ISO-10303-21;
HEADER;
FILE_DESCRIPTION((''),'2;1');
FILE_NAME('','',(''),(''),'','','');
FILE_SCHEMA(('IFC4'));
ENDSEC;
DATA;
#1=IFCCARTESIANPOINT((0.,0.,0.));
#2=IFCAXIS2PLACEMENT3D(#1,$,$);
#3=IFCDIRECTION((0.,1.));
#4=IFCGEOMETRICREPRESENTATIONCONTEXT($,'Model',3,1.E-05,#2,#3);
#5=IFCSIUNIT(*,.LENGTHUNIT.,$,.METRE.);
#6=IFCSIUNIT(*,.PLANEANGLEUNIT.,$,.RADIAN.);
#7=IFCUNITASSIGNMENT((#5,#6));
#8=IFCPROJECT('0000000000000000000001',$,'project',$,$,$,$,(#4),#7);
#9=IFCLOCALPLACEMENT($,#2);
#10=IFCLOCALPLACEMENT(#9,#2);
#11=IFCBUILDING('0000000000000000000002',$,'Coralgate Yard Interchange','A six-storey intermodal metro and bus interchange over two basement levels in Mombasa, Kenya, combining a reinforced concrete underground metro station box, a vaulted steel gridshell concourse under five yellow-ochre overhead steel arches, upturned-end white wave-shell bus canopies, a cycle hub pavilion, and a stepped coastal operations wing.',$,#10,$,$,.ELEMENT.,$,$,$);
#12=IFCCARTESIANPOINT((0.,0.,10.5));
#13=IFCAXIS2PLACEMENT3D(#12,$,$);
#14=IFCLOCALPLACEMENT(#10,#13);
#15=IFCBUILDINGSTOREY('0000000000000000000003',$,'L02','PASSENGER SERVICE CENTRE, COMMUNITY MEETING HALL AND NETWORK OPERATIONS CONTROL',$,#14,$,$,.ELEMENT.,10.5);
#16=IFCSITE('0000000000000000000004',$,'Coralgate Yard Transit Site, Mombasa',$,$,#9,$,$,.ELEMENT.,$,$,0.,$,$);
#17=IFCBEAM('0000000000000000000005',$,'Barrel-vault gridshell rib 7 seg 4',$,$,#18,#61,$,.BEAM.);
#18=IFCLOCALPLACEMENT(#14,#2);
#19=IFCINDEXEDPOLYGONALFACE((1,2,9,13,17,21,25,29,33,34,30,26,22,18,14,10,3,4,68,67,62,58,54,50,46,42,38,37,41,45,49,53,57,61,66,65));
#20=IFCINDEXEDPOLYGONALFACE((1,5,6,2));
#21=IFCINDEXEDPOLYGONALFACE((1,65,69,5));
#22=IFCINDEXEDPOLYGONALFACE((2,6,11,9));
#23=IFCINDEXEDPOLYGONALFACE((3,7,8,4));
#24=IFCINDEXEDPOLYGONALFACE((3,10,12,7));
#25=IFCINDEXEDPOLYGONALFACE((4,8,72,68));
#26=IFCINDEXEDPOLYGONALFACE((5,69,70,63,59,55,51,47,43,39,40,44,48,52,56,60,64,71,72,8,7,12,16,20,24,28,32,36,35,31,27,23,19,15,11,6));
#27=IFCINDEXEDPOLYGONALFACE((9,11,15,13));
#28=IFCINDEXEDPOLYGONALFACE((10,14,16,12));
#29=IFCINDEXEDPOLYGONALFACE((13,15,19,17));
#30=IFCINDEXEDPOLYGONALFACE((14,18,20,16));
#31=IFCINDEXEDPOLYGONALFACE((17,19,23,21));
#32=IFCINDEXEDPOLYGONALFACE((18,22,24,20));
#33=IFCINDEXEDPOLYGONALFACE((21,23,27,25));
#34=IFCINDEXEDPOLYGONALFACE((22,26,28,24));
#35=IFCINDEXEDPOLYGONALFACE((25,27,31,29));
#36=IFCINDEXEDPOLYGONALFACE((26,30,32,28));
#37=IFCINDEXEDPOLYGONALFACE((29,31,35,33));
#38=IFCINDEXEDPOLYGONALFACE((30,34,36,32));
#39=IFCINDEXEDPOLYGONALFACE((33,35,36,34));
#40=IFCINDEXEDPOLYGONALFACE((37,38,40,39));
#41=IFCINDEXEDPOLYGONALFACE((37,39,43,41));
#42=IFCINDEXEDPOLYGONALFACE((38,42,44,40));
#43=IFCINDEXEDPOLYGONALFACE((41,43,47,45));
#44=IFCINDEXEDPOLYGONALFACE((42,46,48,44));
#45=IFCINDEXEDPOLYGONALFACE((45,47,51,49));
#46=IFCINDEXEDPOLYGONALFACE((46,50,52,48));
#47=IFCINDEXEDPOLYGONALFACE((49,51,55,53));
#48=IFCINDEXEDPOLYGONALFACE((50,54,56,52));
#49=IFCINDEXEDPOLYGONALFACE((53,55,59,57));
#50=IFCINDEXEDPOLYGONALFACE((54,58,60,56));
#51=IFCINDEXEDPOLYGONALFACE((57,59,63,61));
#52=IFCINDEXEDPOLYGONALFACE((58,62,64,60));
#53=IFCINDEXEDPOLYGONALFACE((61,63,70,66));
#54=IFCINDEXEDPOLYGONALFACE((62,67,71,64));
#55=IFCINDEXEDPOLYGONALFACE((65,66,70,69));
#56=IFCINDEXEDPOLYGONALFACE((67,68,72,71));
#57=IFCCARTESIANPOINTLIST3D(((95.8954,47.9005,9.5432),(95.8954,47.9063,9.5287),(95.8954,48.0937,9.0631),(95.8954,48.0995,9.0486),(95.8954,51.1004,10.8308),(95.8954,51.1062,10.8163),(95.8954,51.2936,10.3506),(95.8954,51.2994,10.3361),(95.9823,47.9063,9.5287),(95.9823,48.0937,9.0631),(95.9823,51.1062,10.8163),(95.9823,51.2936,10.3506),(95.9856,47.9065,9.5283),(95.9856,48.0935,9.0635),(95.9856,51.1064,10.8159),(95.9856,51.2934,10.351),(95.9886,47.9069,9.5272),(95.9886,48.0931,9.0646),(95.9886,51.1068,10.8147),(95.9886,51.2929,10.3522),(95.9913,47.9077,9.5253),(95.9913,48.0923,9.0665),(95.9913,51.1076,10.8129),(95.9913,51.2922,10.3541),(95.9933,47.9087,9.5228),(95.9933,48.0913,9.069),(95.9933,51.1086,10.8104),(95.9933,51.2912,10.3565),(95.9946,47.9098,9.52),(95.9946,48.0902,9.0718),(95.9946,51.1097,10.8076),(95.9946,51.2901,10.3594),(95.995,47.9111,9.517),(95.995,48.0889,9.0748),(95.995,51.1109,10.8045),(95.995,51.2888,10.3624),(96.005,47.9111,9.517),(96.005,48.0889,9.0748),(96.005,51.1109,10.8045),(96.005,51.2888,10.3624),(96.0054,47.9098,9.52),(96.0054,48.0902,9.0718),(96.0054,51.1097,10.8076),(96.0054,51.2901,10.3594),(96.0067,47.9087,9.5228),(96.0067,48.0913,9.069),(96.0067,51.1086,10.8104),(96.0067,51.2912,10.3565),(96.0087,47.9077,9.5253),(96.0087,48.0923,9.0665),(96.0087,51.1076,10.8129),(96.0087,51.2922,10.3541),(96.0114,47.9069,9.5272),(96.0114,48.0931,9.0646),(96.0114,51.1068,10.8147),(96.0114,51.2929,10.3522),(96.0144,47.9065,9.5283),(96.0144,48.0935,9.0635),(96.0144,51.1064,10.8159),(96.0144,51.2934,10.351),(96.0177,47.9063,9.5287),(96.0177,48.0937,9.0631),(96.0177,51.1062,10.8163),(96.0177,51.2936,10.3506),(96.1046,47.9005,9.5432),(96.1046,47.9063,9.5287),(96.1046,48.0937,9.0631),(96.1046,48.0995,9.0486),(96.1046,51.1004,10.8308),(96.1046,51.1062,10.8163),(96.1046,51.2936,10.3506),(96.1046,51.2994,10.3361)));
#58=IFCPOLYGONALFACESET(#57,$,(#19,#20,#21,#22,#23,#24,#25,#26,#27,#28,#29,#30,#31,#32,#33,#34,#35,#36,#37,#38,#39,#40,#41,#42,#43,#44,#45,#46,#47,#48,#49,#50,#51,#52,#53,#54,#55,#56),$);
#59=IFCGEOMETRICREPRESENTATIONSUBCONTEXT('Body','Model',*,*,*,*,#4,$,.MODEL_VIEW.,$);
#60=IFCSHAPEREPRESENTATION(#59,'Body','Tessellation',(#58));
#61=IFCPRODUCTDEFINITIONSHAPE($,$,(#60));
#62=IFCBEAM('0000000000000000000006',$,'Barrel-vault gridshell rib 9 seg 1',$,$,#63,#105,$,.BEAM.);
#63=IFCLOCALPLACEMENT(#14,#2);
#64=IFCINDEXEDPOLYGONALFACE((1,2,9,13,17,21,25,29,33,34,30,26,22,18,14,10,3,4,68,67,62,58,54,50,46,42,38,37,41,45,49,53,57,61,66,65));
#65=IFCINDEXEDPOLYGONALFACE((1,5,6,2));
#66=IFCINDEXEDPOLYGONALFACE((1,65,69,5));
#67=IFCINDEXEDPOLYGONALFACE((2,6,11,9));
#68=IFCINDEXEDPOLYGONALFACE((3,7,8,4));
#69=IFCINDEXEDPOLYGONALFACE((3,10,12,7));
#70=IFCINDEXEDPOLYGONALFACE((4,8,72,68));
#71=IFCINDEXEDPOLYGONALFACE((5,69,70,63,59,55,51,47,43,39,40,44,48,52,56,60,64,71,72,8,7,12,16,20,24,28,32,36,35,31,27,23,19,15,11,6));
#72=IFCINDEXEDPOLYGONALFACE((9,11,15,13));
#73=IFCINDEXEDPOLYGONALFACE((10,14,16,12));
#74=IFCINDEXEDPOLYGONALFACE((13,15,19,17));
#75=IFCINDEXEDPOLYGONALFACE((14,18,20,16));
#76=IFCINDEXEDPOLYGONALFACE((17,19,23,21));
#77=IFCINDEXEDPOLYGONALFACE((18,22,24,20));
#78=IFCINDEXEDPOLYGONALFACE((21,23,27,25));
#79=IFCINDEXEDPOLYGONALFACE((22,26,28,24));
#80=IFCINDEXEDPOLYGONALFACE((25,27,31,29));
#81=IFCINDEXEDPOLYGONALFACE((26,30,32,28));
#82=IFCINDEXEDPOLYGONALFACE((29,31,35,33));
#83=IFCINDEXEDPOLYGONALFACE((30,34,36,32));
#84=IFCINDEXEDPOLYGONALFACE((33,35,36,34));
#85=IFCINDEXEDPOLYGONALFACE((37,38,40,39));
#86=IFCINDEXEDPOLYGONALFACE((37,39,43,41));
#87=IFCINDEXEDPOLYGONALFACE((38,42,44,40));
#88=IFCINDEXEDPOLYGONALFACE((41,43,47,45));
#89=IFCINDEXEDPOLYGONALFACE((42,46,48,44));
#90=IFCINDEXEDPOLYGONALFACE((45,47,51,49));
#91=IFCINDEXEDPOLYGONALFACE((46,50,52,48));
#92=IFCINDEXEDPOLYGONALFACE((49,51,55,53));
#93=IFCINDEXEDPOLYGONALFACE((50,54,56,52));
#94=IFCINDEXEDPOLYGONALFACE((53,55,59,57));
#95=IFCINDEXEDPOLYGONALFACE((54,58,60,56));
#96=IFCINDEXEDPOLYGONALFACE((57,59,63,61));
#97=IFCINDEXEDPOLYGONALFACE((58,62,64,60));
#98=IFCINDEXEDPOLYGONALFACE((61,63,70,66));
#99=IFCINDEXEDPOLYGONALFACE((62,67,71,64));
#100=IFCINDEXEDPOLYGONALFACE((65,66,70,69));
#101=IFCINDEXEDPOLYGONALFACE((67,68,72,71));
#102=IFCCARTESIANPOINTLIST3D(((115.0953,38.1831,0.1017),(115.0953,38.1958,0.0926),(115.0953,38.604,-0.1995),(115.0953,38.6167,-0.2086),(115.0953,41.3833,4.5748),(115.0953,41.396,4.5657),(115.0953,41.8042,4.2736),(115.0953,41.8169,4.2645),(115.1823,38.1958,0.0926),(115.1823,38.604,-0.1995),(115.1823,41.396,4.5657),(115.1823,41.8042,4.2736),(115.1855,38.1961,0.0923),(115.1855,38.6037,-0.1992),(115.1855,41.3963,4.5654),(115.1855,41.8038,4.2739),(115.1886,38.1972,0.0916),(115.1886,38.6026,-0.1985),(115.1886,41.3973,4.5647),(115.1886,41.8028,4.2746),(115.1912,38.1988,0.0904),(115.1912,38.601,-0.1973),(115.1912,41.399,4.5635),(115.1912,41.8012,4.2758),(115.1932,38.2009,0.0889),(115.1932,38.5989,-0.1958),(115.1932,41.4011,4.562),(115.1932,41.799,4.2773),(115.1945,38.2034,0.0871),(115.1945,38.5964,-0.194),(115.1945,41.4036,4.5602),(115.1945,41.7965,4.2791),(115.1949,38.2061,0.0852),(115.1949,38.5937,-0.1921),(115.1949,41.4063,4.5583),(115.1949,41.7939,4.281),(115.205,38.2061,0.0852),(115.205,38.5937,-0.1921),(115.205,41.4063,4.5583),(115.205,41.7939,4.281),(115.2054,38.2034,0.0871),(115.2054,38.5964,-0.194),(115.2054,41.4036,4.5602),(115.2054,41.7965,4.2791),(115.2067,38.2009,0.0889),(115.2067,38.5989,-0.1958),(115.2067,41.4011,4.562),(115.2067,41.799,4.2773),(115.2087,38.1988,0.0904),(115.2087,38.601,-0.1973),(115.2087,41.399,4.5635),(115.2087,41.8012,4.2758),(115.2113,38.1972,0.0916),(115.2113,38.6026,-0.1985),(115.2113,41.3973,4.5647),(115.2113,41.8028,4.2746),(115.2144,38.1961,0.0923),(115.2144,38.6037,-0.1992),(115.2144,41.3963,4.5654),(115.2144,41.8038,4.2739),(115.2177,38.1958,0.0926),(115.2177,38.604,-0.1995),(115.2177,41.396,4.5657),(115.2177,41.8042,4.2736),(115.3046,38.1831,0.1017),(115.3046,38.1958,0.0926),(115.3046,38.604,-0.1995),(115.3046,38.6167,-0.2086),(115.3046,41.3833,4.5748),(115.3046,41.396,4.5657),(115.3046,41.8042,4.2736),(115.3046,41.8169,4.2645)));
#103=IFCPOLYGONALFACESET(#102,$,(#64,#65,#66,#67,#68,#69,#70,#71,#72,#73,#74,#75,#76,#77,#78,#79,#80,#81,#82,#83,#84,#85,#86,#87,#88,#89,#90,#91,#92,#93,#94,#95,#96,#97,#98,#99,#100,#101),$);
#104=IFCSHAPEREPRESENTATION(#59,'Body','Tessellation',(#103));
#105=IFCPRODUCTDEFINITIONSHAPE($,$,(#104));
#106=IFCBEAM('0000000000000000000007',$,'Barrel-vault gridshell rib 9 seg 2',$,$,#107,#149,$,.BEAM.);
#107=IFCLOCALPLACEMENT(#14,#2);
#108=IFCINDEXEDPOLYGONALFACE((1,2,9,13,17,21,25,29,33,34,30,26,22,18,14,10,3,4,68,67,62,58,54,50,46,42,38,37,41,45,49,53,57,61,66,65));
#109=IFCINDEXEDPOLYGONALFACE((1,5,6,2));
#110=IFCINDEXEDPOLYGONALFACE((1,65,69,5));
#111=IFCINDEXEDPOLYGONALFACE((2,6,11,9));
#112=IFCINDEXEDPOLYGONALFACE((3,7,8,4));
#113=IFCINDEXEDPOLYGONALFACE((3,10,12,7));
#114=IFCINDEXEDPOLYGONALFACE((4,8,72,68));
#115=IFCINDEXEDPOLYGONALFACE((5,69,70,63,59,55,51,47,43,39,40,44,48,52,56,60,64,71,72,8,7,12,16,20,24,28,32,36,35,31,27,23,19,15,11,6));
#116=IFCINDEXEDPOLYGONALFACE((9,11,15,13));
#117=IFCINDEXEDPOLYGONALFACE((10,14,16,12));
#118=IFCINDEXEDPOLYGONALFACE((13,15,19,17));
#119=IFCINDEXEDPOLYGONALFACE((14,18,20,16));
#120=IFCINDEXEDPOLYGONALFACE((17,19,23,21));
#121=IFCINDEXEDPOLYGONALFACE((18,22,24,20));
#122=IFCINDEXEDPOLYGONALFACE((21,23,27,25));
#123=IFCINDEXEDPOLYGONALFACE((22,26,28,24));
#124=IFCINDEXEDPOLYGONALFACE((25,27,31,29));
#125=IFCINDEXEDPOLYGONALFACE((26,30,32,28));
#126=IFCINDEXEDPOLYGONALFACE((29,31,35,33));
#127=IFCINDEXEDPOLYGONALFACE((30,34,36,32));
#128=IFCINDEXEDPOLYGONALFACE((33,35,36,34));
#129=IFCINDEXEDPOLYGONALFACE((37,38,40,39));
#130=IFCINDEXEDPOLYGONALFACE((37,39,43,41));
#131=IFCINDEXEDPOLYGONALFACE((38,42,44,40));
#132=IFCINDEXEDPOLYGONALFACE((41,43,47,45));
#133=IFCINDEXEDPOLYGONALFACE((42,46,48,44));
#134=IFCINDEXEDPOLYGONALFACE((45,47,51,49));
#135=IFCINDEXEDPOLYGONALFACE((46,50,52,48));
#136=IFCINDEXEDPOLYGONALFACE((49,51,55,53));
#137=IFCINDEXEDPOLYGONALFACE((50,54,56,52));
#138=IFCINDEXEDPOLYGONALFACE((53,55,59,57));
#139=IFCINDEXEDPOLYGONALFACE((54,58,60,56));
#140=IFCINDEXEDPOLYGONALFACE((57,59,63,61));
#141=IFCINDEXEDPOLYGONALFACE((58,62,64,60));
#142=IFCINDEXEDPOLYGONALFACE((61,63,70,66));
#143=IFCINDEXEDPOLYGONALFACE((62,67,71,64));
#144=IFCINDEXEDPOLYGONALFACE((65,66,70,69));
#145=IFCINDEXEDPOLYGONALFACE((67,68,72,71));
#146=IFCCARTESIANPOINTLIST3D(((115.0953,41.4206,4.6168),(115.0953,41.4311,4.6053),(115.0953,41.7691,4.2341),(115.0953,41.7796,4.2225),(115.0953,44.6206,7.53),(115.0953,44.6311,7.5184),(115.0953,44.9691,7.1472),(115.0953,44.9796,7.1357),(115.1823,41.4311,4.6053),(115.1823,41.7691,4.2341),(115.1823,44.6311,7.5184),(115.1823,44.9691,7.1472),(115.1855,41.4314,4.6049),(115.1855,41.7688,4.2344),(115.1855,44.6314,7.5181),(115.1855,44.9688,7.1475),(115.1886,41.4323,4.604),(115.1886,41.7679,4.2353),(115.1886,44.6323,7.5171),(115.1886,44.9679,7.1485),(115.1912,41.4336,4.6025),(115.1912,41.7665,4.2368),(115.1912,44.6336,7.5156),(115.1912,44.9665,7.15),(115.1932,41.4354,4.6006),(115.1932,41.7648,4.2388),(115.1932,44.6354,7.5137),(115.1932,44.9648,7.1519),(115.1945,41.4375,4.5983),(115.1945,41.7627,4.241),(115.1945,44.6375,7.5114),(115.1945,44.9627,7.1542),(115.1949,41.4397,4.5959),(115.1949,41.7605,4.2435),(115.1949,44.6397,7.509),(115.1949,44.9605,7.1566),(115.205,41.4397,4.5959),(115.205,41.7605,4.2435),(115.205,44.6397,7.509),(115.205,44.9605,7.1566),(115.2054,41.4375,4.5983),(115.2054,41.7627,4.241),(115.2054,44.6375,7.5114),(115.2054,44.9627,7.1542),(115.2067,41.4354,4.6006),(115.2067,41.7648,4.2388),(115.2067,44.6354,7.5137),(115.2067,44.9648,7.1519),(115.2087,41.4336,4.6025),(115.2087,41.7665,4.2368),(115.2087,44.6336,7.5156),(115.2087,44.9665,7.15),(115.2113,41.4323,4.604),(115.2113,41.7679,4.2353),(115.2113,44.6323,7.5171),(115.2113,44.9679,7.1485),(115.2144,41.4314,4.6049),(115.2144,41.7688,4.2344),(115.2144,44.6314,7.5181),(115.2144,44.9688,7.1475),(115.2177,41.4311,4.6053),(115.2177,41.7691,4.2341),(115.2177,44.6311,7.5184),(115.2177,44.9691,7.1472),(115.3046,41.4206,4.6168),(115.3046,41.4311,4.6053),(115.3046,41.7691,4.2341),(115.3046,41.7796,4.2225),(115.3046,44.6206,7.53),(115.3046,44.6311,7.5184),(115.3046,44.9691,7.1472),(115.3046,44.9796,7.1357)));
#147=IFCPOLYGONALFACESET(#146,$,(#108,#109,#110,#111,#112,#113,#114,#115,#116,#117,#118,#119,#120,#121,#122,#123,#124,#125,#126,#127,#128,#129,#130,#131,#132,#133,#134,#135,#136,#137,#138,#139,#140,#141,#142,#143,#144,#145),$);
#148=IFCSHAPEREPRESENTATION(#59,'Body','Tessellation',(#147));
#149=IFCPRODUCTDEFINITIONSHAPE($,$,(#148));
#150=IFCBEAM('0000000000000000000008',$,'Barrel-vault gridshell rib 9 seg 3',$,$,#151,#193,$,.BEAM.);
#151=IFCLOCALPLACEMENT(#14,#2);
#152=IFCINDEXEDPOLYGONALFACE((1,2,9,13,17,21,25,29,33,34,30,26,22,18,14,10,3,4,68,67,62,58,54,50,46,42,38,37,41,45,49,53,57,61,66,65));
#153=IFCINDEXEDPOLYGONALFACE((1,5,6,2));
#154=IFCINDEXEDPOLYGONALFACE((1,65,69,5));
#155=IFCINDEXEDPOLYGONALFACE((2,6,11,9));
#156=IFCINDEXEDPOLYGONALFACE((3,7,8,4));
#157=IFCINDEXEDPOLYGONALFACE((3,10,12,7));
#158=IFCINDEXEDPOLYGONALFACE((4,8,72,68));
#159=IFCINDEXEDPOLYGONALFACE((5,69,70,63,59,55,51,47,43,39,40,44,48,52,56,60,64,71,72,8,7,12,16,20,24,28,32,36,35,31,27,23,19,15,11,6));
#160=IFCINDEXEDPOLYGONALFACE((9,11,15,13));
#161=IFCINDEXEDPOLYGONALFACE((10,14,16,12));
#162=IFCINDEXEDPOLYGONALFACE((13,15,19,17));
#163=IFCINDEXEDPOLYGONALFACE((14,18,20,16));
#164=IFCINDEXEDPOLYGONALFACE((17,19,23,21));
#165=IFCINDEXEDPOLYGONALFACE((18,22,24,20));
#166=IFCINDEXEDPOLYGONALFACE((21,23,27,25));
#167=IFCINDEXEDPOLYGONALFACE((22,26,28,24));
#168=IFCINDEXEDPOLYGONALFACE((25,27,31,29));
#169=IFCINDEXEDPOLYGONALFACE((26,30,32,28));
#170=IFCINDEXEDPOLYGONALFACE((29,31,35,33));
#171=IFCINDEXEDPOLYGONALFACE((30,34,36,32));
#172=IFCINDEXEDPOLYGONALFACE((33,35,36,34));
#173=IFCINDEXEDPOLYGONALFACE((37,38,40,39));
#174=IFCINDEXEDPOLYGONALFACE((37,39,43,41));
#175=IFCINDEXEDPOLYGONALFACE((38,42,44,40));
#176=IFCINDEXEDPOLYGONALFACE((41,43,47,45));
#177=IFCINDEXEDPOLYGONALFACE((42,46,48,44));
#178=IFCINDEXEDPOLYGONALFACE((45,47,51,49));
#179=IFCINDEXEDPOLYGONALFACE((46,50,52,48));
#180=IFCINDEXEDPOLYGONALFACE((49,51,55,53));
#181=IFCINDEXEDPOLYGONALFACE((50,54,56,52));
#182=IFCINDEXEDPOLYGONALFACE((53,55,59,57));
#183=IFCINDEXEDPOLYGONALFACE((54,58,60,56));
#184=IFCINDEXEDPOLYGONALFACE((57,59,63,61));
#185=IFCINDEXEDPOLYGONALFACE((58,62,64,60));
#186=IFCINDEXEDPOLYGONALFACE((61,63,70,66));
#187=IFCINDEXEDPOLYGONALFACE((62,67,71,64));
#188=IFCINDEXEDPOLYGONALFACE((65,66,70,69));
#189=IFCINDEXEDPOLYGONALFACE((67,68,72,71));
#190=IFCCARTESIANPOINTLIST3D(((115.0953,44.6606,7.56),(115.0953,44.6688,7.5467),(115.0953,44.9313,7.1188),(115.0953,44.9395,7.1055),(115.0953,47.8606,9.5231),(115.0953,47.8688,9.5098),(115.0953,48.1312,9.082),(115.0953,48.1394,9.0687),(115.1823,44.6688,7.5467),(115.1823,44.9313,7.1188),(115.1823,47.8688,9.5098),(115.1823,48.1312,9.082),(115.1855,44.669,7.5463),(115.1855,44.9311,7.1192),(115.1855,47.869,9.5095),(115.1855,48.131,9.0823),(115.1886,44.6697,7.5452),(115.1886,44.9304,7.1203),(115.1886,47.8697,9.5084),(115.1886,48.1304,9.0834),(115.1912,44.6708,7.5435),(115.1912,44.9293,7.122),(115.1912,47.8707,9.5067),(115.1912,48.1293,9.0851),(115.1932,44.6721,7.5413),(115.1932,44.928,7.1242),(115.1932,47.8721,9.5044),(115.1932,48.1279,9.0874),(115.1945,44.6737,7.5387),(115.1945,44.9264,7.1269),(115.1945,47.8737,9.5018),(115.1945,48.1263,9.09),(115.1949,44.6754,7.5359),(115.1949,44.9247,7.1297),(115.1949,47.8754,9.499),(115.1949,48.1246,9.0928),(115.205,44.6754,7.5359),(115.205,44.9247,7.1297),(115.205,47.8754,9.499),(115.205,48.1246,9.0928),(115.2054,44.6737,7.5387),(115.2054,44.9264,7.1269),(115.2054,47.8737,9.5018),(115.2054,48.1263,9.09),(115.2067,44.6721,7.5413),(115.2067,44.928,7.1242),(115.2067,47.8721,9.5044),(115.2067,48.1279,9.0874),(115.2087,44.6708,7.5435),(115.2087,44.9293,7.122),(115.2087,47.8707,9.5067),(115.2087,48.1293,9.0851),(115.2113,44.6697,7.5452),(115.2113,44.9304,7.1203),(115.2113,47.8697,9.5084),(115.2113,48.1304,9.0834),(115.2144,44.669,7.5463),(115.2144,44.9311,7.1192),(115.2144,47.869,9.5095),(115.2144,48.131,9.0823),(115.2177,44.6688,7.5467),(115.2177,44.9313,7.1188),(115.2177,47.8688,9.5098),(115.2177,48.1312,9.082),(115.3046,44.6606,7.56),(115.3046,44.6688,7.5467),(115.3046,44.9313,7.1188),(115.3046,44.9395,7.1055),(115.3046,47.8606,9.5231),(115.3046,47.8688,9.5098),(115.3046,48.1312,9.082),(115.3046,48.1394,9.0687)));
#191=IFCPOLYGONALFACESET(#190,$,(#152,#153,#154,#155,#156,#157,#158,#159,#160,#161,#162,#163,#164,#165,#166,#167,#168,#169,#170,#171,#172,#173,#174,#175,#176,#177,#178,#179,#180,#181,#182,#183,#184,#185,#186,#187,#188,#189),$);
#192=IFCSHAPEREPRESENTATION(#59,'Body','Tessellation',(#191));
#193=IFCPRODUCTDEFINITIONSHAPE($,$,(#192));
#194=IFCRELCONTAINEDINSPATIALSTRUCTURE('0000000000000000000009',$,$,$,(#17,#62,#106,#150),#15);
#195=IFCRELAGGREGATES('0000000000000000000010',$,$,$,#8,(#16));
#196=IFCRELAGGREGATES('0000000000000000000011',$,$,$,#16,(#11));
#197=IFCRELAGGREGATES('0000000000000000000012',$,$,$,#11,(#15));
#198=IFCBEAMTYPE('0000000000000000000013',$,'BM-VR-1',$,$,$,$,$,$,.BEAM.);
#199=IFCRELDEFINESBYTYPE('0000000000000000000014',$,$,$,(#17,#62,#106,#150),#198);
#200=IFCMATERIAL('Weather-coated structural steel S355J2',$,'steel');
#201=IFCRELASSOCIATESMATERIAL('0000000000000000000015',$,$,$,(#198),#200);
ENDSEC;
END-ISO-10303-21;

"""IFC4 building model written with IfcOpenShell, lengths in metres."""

from ifc_helpers import new_model, si_unit, direction, frame, origin, origin_2d, place, context, subcontext, project, spatial, i_section, extrude, material, material_profile, profile_set, type_object, element, save


model = new_model("IFC4")

# Units and contexts
model_context = context("Model", 3, precision=1e-05, world=origin(), true_north=direction((0.0, 1.0)))
body_context = subcontext(model_context, "Body", "Model", "MODEL_VIEW")
ifc_project = project(units=[si_unit("LENGTHUNIT", "METRE"), si_unit("PLANEANGLEUNIT", "RADIAN")], contexts=[model_context])

# Site, building, storey
site_placement = place(None, origin())
site = spatial("IfcSite", under=ifc_project, at=site_placement, Name="Coralgate Yard Transit Site, Mombasa", CompositionType="ELEMENT", RefElevation=0.0)
building_placement = place(site_placement, origin())
building = spatial("IfcBuilding", under=site, at=building_placement, Name="Coralgate Yard Interchange", Description="A six-storey intermodal metro and bus interchange over two basement levels in Mombasa, Kenya, combining a reinforced concrete underground metro station box, a vaulted steel gridshell concourse under five yellow-ochre overhead steel arches, upturned-end white wave-shell bus canopies, a cycle hub pavilion, and a stepped coastal operations wing.", CompositionType="ELEMENT")
storey_placement = place(building_placement, frame((0.0, 0.0, 10.5)))
storey = spatial("IfcBuildingStorey", under=building, at=storey_placement, Name="L02", Description="PASSENGER SERVICE CENTRE, COMMUNITY MEETING HALL AND NETWORK OPERATIONS CONTROL", CompositionType="ELEMENT", Elevation=10.5)

# Beams
ifc_material_1 = material(Name="Weather-coated structural steel S355J2", Category="steel")
ifc_material_profile_1 = material_profile(ifc_material_1, i_section(OverallWidth=0.2092, OverallDepth=0.5332, WebThickness=0.01, FlangeThickness=0.0156, FilletRadius=0.0127, at=origin_2d()), Name="UB 533x210x92")
ifc_profile_set_1 = profile_set([ifc_material_profile_1], Name="Weather-coated structural steel S355J2")
beam_type_1 = type_object("IfcBeamType", Name="BM-VR-1", PredefinedType="BEAM", material=ifc_profile_set_1)
beam_1_placement = place(storey_placement, frame((96.0, 48.0, 9.2959), z_axis=(0.0, 0.927713, 0.373294), x_axis=(-1.0, 0.0, 0.0)))
element("IfcBeam", 1, at=beam_1_placement, inside=storey, type_object=beam_type_1, Name="Barrel-vault gridshell rib 7 seg 4", PredefinedType="BEAM", context=body_context, shape_type="SweptSolid", body=[
    extrude(i_section(OverallWidth=0.2092, OverallDepth=0.5332, WebThickness=0.01, FlangeThickness=0.0156, FilletRadius=0.0127, at=origin_2d()), origin(), (0.0, 0.0, 1.0), 3.4492),
])
beam_2_placement = place(storey_placement, frame((115.2, 38.3999, -0.0535), z_axis=(0.0, 0.581851, 0.813295), x_axis=(-1.0, 0.0, 0.0)))
element("IfcBeam", 2, at=beam_2_placement, inside=storey, type_object=beam_type_1, Name="Barrel-vault gridshell rib 9 seg 1", PredefinedType="BEAM", context=body_context, shape_type="SweptSolid", body=[
    extrude(i_section(OverallWidth=0.2092, OverallDepth=0.5332, WebThickness=0.01, FlangeThickness=0.0156, FilletRadius=0.0127, at=origin_2d()), origin(), (0.0, 0.0, 1.0), 5.5),
])
beam_3_placement = place(storey_placement, frame((115.2, 41.6001, 4.4197), z_axis=(0.0, 0.739475, 0.673184), x_axis=(-1.0, 0.0, 0.0)))
element("IfcBeam", 3, at=beam_3_placement, inside=storey, type_object=beam_type_1, Name="Barrel-vault gridshell rib 9 seg 2", PredefinedType="BEAM", context=body_context, shape_type="SweptSolid", body=[
    extrude(i_section(OverallWidth=0.2092, OverallDepth=0.5332, WebThickness=0.01, FlangeThickness=0.0156, FilletRadius=0.0127, at=origin_2d()), origin(), (0.0, 0.0, 1.0), 4.3274),
])
beam_4_placement = place(storey_placement, frame((115.2, 44.8, 7.3328), z_axis=(0.0, 0.852379, 0.522925), x_axis=(-1.0, 0.0, 0.0)))
element("IfcBeam", 4, at=beam_4_placement, inside=storey, type_object=beam_type_1, Name="Barrel-vault gridshell rib 9 seg 3", PredefinedType="BEAM", context=body_context, shape_type="SweptSolid", body=[
    extrude(i_section(OverallWidth=0.2092, OverallDepth=0.5332, WebThickness=0.01, FlangeThickness=0.0156, FilletRadius=0.0127, at=origin_2d()), origin(), (0.0, 0.0, 1.0), 3.7542),
])

save(model, "model.ifc")
